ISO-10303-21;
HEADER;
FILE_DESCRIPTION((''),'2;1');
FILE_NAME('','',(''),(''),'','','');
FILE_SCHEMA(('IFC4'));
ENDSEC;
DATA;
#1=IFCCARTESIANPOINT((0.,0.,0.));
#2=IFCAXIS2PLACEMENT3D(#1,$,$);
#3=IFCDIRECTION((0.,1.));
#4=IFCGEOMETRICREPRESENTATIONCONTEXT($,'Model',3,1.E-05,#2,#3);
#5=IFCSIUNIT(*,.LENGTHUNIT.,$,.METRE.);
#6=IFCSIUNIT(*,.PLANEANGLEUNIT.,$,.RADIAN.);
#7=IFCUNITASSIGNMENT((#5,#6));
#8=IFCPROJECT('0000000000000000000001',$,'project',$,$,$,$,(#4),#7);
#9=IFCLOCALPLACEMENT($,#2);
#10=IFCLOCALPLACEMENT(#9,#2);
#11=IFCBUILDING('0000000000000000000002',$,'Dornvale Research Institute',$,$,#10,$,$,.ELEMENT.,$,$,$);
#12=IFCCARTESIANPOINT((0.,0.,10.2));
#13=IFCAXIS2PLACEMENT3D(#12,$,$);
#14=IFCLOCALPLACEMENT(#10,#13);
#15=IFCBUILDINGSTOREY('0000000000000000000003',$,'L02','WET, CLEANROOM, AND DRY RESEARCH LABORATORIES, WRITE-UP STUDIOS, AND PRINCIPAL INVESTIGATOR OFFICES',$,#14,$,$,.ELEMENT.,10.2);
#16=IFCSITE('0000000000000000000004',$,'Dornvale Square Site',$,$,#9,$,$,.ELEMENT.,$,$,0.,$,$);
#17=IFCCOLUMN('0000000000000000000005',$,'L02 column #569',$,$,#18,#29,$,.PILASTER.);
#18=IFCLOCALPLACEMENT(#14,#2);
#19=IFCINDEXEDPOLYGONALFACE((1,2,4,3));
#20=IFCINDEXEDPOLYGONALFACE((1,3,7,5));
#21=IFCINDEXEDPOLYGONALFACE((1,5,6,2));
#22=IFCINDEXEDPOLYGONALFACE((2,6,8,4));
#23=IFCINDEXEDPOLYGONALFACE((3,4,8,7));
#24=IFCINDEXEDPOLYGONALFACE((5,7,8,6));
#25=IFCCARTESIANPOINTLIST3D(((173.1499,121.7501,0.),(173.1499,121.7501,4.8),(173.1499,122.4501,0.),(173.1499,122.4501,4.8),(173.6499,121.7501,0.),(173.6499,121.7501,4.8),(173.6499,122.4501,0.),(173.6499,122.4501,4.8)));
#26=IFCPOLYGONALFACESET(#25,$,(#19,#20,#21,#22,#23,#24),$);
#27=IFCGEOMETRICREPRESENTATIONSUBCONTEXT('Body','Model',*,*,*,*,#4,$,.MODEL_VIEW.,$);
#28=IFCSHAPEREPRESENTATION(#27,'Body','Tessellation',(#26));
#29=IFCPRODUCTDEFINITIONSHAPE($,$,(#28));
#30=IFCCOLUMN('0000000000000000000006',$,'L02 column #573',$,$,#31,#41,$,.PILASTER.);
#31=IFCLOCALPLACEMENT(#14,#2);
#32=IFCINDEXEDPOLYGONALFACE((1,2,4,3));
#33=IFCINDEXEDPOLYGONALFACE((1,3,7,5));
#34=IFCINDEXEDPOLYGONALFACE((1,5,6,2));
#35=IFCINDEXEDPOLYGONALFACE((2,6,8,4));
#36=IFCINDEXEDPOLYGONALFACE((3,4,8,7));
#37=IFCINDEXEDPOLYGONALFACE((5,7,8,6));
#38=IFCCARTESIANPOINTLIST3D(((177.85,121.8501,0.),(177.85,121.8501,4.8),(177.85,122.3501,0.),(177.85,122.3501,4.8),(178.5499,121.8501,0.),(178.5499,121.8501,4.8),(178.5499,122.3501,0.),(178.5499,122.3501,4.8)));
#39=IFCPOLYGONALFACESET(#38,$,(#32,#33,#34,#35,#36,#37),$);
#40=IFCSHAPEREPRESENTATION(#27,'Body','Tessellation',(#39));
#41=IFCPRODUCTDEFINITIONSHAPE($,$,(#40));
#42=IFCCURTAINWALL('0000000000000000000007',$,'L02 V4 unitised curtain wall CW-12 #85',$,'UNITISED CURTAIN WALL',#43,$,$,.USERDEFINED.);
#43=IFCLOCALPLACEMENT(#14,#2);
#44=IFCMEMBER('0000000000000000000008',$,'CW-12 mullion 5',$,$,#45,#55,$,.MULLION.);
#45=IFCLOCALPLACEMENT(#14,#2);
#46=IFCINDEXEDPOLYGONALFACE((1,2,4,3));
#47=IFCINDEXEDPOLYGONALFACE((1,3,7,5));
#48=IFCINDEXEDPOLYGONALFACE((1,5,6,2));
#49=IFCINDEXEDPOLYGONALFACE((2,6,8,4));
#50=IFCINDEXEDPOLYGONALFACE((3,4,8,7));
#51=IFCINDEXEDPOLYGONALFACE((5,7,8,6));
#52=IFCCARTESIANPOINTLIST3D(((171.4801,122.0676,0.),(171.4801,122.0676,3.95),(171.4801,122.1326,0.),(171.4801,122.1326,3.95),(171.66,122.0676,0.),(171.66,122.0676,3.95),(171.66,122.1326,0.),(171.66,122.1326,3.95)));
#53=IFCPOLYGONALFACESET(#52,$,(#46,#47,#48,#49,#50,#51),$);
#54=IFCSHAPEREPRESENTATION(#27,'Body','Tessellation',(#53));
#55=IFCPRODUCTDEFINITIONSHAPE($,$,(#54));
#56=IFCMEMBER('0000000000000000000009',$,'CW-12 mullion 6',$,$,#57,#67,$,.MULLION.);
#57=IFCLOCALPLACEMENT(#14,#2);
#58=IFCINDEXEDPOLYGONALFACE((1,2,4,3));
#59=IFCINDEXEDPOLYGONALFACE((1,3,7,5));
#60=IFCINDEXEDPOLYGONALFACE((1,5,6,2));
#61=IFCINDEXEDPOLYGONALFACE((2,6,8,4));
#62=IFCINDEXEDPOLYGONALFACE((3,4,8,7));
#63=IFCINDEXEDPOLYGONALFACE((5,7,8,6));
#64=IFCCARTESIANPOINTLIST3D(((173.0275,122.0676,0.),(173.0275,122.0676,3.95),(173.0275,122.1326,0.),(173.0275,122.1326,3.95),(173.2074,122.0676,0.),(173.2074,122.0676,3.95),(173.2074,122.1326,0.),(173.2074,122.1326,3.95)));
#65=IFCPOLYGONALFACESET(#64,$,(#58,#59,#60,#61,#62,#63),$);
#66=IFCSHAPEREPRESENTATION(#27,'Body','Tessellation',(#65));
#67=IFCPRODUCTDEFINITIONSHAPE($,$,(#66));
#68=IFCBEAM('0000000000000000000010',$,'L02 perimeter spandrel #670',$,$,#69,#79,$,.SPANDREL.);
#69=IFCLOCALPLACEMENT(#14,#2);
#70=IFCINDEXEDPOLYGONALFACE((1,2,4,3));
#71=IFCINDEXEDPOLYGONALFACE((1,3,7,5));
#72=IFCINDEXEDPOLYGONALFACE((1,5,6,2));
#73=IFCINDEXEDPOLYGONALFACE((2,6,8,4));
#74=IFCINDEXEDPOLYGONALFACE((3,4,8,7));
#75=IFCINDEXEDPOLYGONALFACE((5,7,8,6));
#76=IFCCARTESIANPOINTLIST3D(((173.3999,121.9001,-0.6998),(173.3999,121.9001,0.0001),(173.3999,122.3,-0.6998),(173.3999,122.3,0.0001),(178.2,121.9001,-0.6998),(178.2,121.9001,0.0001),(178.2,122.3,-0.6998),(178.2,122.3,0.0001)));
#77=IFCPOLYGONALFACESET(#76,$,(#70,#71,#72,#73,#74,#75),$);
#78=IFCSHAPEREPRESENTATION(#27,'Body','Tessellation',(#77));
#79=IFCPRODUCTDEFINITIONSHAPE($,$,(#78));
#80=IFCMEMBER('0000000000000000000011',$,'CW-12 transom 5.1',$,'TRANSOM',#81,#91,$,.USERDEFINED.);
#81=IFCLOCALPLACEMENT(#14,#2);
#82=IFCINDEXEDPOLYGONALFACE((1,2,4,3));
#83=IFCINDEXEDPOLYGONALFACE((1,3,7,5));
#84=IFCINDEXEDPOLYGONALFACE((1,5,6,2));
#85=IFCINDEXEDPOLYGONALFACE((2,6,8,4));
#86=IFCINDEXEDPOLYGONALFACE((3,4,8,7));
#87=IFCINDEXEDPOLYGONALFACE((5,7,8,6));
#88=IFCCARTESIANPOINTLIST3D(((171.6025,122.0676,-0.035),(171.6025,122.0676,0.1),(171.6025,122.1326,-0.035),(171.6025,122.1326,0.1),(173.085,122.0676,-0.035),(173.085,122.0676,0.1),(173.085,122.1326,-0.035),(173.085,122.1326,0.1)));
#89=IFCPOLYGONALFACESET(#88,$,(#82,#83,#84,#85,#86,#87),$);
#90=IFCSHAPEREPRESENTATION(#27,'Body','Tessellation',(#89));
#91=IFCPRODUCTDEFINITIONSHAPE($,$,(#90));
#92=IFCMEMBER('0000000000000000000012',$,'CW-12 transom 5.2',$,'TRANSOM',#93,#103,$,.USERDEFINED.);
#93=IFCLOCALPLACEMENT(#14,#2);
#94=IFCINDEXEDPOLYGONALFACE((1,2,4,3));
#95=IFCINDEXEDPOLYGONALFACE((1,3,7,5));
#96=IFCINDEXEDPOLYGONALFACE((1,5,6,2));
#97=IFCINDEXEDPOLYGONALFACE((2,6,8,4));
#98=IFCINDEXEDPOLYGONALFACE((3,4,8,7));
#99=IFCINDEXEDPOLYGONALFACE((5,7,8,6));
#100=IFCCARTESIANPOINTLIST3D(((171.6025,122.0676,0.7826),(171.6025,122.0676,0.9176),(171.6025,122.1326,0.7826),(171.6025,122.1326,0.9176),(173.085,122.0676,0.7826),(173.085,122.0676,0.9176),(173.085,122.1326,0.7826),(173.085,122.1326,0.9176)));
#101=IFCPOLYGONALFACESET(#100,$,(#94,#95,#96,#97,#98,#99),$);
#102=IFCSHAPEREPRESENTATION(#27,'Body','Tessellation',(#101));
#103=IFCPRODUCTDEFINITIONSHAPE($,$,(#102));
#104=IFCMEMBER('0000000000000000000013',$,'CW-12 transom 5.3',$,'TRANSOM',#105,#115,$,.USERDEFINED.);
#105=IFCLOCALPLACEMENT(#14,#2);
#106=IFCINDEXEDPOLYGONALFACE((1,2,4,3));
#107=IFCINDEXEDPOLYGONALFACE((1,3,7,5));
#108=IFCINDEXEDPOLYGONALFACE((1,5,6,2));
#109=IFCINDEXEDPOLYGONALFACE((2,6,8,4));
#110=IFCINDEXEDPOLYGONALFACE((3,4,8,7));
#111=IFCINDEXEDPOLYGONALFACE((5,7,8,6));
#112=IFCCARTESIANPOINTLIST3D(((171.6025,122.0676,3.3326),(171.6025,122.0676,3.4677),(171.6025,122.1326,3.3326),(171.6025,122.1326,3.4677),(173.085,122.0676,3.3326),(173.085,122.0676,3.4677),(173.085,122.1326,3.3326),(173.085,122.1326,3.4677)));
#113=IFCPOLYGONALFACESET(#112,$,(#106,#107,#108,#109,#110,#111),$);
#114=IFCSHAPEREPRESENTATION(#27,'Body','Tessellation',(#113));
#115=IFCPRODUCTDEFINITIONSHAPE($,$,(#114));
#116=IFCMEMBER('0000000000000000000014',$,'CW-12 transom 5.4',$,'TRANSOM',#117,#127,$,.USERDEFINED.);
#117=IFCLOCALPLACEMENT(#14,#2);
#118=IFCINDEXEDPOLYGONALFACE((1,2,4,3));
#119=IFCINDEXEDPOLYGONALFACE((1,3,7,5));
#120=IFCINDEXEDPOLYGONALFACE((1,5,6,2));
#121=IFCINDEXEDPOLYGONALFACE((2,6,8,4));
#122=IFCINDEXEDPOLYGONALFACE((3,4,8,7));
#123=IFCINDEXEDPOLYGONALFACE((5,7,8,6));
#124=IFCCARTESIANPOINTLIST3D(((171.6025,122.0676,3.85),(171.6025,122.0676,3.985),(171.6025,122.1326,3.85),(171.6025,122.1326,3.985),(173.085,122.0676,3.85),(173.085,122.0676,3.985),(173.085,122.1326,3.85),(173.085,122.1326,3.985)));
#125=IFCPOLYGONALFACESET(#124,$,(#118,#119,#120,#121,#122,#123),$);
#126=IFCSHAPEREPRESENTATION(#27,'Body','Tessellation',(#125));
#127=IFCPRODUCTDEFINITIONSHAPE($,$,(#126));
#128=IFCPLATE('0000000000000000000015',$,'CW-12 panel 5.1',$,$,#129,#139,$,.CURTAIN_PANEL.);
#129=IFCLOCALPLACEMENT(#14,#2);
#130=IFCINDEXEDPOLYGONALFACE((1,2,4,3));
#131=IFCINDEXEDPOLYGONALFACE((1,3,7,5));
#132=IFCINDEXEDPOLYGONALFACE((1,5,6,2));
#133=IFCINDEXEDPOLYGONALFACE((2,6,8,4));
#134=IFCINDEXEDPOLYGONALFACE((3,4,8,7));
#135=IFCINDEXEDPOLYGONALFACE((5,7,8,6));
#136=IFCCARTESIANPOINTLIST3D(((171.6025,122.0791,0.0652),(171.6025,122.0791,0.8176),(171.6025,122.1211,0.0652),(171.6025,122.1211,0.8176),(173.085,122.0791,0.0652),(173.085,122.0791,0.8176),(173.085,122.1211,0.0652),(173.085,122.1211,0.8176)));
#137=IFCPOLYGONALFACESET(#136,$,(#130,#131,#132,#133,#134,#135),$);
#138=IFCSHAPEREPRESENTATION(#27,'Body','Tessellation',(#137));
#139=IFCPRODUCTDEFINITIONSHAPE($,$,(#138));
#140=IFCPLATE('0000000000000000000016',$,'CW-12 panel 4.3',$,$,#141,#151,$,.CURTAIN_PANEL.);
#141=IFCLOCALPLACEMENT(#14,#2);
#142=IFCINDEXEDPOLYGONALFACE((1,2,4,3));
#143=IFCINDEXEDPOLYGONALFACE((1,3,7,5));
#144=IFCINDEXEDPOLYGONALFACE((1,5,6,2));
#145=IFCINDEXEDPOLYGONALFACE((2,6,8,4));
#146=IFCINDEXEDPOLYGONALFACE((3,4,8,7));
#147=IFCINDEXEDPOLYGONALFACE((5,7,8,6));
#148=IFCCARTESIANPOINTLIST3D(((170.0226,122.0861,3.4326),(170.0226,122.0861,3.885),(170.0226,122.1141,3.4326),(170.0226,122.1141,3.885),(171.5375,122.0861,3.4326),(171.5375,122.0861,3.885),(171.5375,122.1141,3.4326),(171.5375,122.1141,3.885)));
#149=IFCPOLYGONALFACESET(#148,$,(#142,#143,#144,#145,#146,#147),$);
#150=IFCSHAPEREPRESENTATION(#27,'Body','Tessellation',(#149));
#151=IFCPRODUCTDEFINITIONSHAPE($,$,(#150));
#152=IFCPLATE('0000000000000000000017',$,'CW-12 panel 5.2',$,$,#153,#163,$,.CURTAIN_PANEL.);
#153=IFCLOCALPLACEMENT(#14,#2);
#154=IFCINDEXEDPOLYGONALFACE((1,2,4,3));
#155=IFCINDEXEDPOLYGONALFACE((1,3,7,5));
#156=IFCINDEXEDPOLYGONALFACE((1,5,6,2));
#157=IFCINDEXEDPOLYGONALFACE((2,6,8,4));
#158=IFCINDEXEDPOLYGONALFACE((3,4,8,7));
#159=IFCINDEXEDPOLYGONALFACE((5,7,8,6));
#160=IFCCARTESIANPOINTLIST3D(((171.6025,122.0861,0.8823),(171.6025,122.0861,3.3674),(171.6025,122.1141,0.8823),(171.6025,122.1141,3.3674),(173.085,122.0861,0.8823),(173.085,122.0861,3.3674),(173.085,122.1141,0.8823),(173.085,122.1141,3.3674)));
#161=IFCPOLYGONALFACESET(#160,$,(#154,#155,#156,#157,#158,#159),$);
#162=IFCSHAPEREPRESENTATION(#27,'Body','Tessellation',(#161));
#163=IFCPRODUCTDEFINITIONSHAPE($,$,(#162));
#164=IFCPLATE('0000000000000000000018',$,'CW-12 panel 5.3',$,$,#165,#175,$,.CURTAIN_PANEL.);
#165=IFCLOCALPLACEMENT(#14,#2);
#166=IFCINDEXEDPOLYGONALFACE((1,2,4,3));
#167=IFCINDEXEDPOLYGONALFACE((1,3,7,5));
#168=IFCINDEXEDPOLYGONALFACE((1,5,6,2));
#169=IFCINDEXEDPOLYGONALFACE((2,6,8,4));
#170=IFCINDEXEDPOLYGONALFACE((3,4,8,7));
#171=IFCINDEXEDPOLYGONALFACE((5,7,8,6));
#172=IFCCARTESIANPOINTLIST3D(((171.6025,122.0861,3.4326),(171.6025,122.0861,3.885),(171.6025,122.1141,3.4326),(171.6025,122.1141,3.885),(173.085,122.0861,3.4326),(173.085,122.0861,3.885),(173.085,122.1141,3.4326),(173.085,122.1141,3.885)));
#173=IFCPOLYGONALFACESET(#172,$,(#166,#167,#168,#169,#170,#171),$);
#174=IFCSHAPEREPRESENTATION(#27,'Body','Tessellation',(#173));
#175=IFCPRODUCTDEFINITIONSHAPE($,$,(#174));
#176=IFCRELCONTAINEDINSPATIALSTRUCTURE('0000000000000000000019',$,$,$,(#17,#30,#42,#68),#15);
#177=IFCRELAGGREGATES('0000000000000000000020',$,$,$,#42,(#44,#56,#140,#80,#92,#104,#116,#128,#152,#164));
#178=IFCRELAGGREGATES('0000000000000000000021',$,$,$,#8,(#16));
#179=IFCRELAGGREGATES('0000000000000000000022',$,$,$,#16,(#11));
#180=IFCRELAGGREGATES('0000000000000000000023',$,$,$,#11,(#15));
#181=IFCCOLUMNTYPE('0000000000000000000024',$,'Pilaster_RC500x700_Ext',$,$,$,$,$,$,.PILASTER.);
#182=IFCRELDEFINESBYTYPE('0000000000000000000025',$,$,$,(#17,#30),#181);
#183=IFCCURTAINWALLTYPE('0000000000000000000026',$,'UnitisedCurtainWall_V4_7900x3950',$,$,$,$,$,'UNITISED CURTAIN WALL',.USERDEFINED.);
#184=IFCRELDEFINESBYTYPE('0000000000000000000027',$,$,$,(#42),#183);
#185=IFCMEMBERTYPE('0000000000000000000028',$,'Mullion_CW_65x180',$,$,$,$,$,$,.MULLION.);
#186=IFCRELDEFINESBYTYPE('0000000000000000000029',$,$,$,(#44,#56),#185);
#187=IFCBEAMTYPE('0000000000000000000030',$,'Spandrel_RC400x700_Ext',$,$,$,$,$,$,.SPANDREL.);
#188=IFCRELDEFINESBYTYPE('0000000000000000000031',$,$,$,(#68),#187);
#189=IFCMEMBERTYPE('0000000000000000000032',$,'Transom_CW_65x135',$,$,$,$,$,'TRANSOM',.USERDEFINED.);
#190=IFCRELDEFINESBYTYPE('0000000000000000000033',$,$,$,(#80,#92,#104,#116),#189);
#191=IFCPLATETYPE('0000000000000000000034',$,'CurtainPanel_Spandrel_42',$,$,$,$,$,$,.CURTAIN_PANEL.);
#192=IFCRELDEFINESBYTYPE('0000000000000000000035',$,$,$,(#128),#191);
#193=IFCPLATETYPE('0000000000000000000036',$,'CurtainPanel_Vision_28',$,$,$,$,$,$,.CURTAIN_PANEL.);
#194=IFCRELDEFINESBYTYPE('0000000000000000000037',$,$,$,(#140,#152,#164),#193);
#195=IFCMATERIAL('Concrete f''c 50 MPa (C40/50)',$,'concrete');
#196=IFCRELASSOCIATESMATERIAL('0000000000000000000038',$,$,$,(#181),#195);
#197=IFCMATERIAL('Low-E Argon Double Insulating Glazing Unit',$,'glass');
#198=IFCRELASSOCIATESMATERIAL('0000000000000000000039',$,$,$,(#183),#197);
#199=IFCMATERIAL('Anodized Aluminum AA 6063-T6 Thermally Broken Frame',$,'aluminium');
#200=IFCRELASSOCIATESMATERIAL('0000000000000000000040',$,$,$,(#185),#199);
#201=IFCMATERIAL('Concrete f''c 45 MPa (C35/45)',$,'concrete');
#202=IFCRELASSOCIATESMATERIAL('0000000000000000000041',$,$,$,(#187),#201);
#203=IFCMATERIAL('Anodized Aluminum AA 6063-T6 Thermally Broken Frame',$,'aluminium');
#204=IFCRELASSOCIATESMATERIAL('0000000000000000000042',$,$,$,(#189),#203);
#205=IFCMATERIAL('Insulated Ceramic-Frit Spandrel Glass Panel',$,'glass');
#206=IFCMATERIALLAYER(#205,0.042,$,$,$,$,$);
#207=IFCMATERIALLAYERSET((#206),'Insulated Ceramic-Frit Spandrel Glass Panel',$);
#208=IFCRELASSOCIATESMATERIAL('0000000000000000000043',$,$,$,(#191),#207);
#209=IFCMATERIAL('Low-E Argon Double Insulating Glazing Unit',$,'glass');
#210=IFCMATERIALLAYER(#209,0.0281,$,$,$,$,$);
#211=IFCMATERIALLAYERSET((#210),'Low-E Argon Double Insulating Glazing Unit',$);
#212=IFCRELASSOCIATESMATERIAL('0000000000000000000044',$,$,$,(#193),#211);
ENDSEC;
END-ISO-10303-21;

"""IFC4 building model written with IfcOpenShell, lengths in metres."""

from ifc_helpers import new_model, si_unit, direction, frame, origin, origin_2d, place, context, subcontext, project, spatial, rectangle, extrude, material, layer, layer_set, material_profile, profile_set, type_object, element, aggregate, save


model = new_model("IFC4")

# Units and contexts
model_context = context("Model", 3, precision=1e-05, world=origin(), true_north=direction((0.0, 1.0)))
body_context = subcontext(model_context, "Body", "Model", "MODEL_VIEW")
ifc_project = project(units=[si_unit("LENGTHUNIT", "METRE"), si_unit("PLANEANGLEUNIT", "RADIAN")], contexts=[model_context])

# Site, building, storey
site_placement = place(None, origin())
site = spatial("IfcSite", under=ifc_project, at=site_placement, Name="Dornvale Square Site", CompositionType="ELEMENT", RefElevation=0.0)
building_placement = place(site_placement, origin())
building = spatial("IfcBuilding", under=site, at=building_placement, Name="Dornvale Research Institute", CompositionType="ELEMENT")
storey_placement = place(building_placement, frame((0.0, 0.0, 10.2)))
storey = spatial("IfcBuildingStorey", under=building, at=storey_placement, Name="L02", Description="WET, CLEANROOM, AND DRY RESEARCH LABORATORIES, WRITE-UP STUDIOS, AND PRINCIPAL INVESTIGATOR OFFICES", CompositionType="ELEMENT", Elevation=10.2)

# Columns
ifc_material_1 = material(Name="Concrete f'c 50 MPa (C40/50)", Category="concrete")
ifc_material_profile_1 = material_profile(ifc_material_1, rectangle(XDim=0.5, YDim=0.7, at=origin_2d()), Name="RC 500x700")
ifc_profile_set_1 = profile_set([ifc_material_profile_1], Name="Concrete f'c 50 MPa (C40/50)")
column_type = type_object("IfcColumnType", Name="Pilaster_RC500x700_Ext", PredefinedType="PILASTER", material=ifc_profile_set_1)
for number, where, z_axis, x_axis, name in (
    (1, (173.3999, 122.1001, 0.0), (0.0, 0.0, 1.0), (1.0, 0.0, 0.0), "L02 column #569"),
    (2, (178.2, 122.1001, 0.0), (0.0, 0.0, 1.0), (0.0, 1.0, 0.0), "L02 column #573"),
):
    element("IfcColumn", number, at=place(storey_placement, frame(where, z_axis=z_axis, x_axis=x_axis)), inside=storey, type_object=column_type, Name=name, PredefinedType="PILASTER", context=body_context, shape_type="SweptSolid", body=[
        extrude(rectangle(XDim=0.5, YDim=0.7, at=origin_2d()), origin(), (0.0, 0.0, 1.0), 4.8),
    ])

# Curtain wall, members
ifc_material_2 = material(Name="Low-E Argon Double Insulating Glazing Unit", Category="glass")
curtain_wall_type = type_object("IfcCurtainWallType", Name="UnitisedCurtainWall_V4_7900x3950", ElementType="UNITISED CURTAIN WALL", PredefinedType="USERDEFINED", material=ifc_material_2)
curtain_wall_placement = place(storey_placement, origin())
curtain_wall = element("IfcCurtainWall", 3, at=curtain_wall_placement, inside=storey, type_object=curtain_wall_type, Name="L02 V4 unitised curtain wall CW-12 #85", ObjectType="UNITISED CURTAIN WALL", PredefinedType="USERDEFINED")
ifc_material_3 = material(Name="Anodized Aluminum AA 6063-T6 Thermally Broken Frame", Category="aluminium")
ifc_material_profile_2 = material_profile(ifc_material_3, rectangle(XDim=0.0649, YDim=0.1799, at=origin_2d()), Name="ALU MULLION 65x180")
ifc_profile_set_2 = profile_set([ifc_material_profile_2], Name="Anodized Aluminum AA 6063-T6 Thermally Broken Frame")
member_type_1 = type_object("IfcMemberType", Name="Mullion_CW_65x180", PredefinedType="MULLION", material=ifc_profile_set_2)
member_1_placement = place(storey_placement, frame((171.5701, 122.1001, 0.0), z_axis=(0.0, 0.0, 1.0), x_axis=(0.0, 1.0, 0.0)))
member_1 = element("IfcMember", 4, at=member_1_placement, type_object=member_type_1, Name="CW-12 mullion 5", PredefinedType="MULLION", context=body_context, shape_type="SweptSolid", body=[
    extrude(rectangle(XDim=0.0649, YDim=0.1799, at=origin_2d()), origin(), (0.0, 0.0, 1.0), 3.95),
])
member_2_placement = place(storey_placement, frame((173.1174, 122.1001, 0.0), z_axis=(0.0, 0.0, 1.0), x_axis=(0.0, 1.0, 0.0)))
member_2 = element("IfcMember", 5, at=member_2_placement, type_object=member_type_1, Name="CW-12 mullion 6", PredefinedType="MULLION", context=body_context, shape_type="SweptSolid", body=[
    extrude(rectangle(XDim=0.0649, YDim=0.1799, at=origin_2d()), origin(), (0.0, 0.0, 1.0), 3.95),
])

# Beam
ifc_material_4 = material(Name="Concrete f'c 45 MPa (C35/45)", Category="concrete")
ifc_material_profile_3 = material_profile(ifc_material_4, rectangle(XDim=0.3999, YDim=0.7, at=origin_2d()), Name="RC 400x700")
ifc_profile_set_3 = profile_set([ifc_material_profile_3], Name="Concrete f'c 45 MPa (C35/45)")
beam_type = type_object("IfcBeamType", Name="Spandrel_RC400x700_Ext", PredefinedType="SPANDREL", material=ifc_profile_set_3)
beam_placement = place(storey_placement, frame((173.3999, 122.1001, -0.3499), z_axis=(1.0, 0.0, 0.0), x_axis=(0.0, 1.0, 0.0)))
element("IfcBeam", 6, at=beam_placement, inside=storey, type_object=beam_type, Name="L02 perimeter spandrel #670", PredefinedType="SPANDREL", context=body_context, shape_type="SweptSolid", body=[
    extrude(rectangle(XDim=0.3999, YDim=0.7, at=origin_2d()), origin(), (0.0, 0.0, 1.0), 4.8),
])

# Members
ifc_material_5 = material(Name="Anodized Aluminum AA 6063-T6 Thermally Broken Frame", Category="aluminium")
ifc_material_profile_4 = material_profile(ifc_material_5, rectangle(XDim=0.0649, YDim=0.135, at=origin_2d()), Name="ALU TRANSOM 65x135")
ifc_profile_set_4 = profile_set([ifc_material_profile_4], Name="Anodized Aluminum AA 6063-T6 Thermally Broken Frame")
member_type_2 = type_object("IfcMemberType", Name="Transom_CW_65x135", ElementType="TRANSOM", PredefinedType="USERDEFINED", material=ifc_profile_set_4)
member_3_placement = place(storey_placement, frame((171.6025, 122.1001, 0.0325), z_axis=(1.0, 0.0, 0.0), x_axis=(0.0, 1.0, 0.0)))
member_3 = element("IfcMember", 7, at=member_3_placement, type_object=member_type_2, Name="CW-12 transom 5.1", ObjectType="TRANSOM", PredefinedType="USERDEFINED", context=body_context, shape_type="SweptSolid", body=[
    extrude(rectangle(XDim=0.0649, YDim=0.135, at=origin_2d()), origin(), (0.0, 0.0, 1.0), 1.4824),
])
member_4_placement = place(storey_placement, frame((171.6025, 122.1001, 0.8501), z_axis=(1.0, 0.0, 0.0), x_axis=(0.0, 1.0, 0.0)))
member_4 = element("IfcMember", 8, at=member_4_placement, type_object=member_type_2, Name="CW-12 transom 5.2", ObjectType="TRANSOM", PredefinedType="USERDEFINED", context=body_context, shape_type="SweptSolid", body=[
    extrude(rectangle(XDim=0.0649, YDim=0.135, at=origin_2d()), origin(), (0.0, 0.0, 1.0), 1.4824),
])
member_5_placement = place(storey_placement, frame((171.6025, 122.1001, 3.4001), z_axis=(1.0, 0.0, 0.0), x_axis=(0.0, 1.0, 0.0)))
member_5 = element("IfcMember", 9, at=member_5_placement, type_object=member_type_2, Name="CW-12 transom 5.3", ObjectType="TRANSOM", PredefinedType="USERDEFINED", context=body_context, shape_type="SweptSolid", body=[
    extrude(rectangle(XDim=0.0649, YDim=0.135, at=origin_2d()), origin(), (0.0, 0.0, 1.0), 1.4824),
])
member_6_placement = place(storey_placement, frame((171.6025, 122.1001, 3.9175), z_axis=(1.0, 0.0, 0.0), x_axis=(0.0, 1.0, 0.0)))
member_6 = element("IfcMember", 10, at=member_6_placement, type_object=member_type_2, Name="CW-12 transom 5.4", ObjectType="TRANSOM", PredefinedType="USERDEFINED", context=body_context, shape_type="SweptSolid", body=[
    extrude(rectangle(XDim=0.0649, YDim=0.135, at=origin_2d()), origin(), (0.0, 0.0, 1.0), 1.4824),
])

# Plates
ifc_material_6 = material(Name="Insulated Ceramic-Frit Spandrel Glass Panel", Category="glass")
ifc_layer_1 = layer(ifc_material_6, 0.042)
ifc_layer_set_1 = layer_set([ifc_layer_1], Name="Insulated Ceramic-Frit Spandrel Glass Panel")
plate_type_1 = type_object("IfcPlateType", Name="CurtainPanel_Spandrel_42", PredefinedType="CURTAIN_PANEL", material=ifc_layer_set_1)
plate_1_placement = place(storey_placement, frame((172.3438, 122.1001, 0.0652), z_axis=(0.0, 0.0, 1.0), x_axis=(1.0, 0.0, 0.0)))
plate_1 = element("IfcPlate", 11, at=plate_1_placement, type_object=plate_type_1, Name="CW-12 panel 5.1", PredefinedType="CURTAIN_PANEL", context=body_context, shape_type="SweptSolid", body=[
    extrude(rectangle(XDim=1.4824, YDim=0.042, at=origin_2d()), origin(), (0.0, 0.0, 1.0), 0.7524),
])
ifc_material_7 = material(Name="Low-E Argon Double Insulating Glazing Unit", Category="glass")
ifc_layer_2 = layer(ifc_material_7, 0.0281)
ifc_layer_set_2 = layer_set([ifc_layer_2], Name="Low-E Argon Double Insulating Glazing Unit")
plate_type_2 = type_object("IfcPlateType", Name="CurtainPanel_Vision_28", PredefinedType="CURTAIN_PANEL", material=ifc_layer_set_2)
plate_2_placement = place(storey_placement, frame((170.78, 122.1001, 3.4326), z_axis=(0.0, 0.0, 1.0), x_axis=(1.0, 0.0, 0.0)))
plate_2 = element("IfcPlate", 12, at=plate_2_placement, type_object=plate_type_2, Name="CW-12 panel 4.3", PredefinedType="CURTAIN_PANEL", context=body_context, shape_type="SweptSolid", body=[
    extrude(rectangle(XDim=1.5149, YDim=0.0281, at=origin_2d()), origin(), (0.0, 0.0, 1.0), 0.4524),
])
plate_3_placement = place(storey_placement, frame((172.3438, 122.1001, 0.8823), z_axis=(0.0, 0.0, 1.0), x_axis=(1.0, 0.0, 0.0)))
plate_3 = element("IfcPlate", 13, at=plate_3_placement, type_object=plate_type_2, Name="CW-12 panel 5.2", PredefinedType="CURTAIN_PANEL", context=body_context, shape_type="SweptSolid", body=[
    extrude(rectangle(XDim=1.4824, YDim=0.0281, at=origin_2d()), origin(), (0.0, 0.0, 1.0), 2.4851),
])
plate_4_placement = place(storey_placement, frame((172.3438, 122.1001, 3.4326), z_axis=(0.0, 0.0, 1.0), x_axis=(1.0, 0.0, 0.0)))
plate_4 = element("IfcPlate", 14, at=plate_4_placement, type_object=plate_type_2, Name="CW-12 panel 5.3", PredefinedType="CURTAIN_PANEL", context=body_context, shape_type="SweptSolid", body=[
    extrude(rectangle(XDim=1.4824, YDim=0.0281, at=origin_2d()), origin(), (0.0, 0.0, 1.0), 0.4524),
])
aggregate(curtain_wall, [member_1, member_2, plate_2, member_3, member_4, member_5, member_6, plate_1, plate_3, plate_4])

save(model, "model.ifc")
